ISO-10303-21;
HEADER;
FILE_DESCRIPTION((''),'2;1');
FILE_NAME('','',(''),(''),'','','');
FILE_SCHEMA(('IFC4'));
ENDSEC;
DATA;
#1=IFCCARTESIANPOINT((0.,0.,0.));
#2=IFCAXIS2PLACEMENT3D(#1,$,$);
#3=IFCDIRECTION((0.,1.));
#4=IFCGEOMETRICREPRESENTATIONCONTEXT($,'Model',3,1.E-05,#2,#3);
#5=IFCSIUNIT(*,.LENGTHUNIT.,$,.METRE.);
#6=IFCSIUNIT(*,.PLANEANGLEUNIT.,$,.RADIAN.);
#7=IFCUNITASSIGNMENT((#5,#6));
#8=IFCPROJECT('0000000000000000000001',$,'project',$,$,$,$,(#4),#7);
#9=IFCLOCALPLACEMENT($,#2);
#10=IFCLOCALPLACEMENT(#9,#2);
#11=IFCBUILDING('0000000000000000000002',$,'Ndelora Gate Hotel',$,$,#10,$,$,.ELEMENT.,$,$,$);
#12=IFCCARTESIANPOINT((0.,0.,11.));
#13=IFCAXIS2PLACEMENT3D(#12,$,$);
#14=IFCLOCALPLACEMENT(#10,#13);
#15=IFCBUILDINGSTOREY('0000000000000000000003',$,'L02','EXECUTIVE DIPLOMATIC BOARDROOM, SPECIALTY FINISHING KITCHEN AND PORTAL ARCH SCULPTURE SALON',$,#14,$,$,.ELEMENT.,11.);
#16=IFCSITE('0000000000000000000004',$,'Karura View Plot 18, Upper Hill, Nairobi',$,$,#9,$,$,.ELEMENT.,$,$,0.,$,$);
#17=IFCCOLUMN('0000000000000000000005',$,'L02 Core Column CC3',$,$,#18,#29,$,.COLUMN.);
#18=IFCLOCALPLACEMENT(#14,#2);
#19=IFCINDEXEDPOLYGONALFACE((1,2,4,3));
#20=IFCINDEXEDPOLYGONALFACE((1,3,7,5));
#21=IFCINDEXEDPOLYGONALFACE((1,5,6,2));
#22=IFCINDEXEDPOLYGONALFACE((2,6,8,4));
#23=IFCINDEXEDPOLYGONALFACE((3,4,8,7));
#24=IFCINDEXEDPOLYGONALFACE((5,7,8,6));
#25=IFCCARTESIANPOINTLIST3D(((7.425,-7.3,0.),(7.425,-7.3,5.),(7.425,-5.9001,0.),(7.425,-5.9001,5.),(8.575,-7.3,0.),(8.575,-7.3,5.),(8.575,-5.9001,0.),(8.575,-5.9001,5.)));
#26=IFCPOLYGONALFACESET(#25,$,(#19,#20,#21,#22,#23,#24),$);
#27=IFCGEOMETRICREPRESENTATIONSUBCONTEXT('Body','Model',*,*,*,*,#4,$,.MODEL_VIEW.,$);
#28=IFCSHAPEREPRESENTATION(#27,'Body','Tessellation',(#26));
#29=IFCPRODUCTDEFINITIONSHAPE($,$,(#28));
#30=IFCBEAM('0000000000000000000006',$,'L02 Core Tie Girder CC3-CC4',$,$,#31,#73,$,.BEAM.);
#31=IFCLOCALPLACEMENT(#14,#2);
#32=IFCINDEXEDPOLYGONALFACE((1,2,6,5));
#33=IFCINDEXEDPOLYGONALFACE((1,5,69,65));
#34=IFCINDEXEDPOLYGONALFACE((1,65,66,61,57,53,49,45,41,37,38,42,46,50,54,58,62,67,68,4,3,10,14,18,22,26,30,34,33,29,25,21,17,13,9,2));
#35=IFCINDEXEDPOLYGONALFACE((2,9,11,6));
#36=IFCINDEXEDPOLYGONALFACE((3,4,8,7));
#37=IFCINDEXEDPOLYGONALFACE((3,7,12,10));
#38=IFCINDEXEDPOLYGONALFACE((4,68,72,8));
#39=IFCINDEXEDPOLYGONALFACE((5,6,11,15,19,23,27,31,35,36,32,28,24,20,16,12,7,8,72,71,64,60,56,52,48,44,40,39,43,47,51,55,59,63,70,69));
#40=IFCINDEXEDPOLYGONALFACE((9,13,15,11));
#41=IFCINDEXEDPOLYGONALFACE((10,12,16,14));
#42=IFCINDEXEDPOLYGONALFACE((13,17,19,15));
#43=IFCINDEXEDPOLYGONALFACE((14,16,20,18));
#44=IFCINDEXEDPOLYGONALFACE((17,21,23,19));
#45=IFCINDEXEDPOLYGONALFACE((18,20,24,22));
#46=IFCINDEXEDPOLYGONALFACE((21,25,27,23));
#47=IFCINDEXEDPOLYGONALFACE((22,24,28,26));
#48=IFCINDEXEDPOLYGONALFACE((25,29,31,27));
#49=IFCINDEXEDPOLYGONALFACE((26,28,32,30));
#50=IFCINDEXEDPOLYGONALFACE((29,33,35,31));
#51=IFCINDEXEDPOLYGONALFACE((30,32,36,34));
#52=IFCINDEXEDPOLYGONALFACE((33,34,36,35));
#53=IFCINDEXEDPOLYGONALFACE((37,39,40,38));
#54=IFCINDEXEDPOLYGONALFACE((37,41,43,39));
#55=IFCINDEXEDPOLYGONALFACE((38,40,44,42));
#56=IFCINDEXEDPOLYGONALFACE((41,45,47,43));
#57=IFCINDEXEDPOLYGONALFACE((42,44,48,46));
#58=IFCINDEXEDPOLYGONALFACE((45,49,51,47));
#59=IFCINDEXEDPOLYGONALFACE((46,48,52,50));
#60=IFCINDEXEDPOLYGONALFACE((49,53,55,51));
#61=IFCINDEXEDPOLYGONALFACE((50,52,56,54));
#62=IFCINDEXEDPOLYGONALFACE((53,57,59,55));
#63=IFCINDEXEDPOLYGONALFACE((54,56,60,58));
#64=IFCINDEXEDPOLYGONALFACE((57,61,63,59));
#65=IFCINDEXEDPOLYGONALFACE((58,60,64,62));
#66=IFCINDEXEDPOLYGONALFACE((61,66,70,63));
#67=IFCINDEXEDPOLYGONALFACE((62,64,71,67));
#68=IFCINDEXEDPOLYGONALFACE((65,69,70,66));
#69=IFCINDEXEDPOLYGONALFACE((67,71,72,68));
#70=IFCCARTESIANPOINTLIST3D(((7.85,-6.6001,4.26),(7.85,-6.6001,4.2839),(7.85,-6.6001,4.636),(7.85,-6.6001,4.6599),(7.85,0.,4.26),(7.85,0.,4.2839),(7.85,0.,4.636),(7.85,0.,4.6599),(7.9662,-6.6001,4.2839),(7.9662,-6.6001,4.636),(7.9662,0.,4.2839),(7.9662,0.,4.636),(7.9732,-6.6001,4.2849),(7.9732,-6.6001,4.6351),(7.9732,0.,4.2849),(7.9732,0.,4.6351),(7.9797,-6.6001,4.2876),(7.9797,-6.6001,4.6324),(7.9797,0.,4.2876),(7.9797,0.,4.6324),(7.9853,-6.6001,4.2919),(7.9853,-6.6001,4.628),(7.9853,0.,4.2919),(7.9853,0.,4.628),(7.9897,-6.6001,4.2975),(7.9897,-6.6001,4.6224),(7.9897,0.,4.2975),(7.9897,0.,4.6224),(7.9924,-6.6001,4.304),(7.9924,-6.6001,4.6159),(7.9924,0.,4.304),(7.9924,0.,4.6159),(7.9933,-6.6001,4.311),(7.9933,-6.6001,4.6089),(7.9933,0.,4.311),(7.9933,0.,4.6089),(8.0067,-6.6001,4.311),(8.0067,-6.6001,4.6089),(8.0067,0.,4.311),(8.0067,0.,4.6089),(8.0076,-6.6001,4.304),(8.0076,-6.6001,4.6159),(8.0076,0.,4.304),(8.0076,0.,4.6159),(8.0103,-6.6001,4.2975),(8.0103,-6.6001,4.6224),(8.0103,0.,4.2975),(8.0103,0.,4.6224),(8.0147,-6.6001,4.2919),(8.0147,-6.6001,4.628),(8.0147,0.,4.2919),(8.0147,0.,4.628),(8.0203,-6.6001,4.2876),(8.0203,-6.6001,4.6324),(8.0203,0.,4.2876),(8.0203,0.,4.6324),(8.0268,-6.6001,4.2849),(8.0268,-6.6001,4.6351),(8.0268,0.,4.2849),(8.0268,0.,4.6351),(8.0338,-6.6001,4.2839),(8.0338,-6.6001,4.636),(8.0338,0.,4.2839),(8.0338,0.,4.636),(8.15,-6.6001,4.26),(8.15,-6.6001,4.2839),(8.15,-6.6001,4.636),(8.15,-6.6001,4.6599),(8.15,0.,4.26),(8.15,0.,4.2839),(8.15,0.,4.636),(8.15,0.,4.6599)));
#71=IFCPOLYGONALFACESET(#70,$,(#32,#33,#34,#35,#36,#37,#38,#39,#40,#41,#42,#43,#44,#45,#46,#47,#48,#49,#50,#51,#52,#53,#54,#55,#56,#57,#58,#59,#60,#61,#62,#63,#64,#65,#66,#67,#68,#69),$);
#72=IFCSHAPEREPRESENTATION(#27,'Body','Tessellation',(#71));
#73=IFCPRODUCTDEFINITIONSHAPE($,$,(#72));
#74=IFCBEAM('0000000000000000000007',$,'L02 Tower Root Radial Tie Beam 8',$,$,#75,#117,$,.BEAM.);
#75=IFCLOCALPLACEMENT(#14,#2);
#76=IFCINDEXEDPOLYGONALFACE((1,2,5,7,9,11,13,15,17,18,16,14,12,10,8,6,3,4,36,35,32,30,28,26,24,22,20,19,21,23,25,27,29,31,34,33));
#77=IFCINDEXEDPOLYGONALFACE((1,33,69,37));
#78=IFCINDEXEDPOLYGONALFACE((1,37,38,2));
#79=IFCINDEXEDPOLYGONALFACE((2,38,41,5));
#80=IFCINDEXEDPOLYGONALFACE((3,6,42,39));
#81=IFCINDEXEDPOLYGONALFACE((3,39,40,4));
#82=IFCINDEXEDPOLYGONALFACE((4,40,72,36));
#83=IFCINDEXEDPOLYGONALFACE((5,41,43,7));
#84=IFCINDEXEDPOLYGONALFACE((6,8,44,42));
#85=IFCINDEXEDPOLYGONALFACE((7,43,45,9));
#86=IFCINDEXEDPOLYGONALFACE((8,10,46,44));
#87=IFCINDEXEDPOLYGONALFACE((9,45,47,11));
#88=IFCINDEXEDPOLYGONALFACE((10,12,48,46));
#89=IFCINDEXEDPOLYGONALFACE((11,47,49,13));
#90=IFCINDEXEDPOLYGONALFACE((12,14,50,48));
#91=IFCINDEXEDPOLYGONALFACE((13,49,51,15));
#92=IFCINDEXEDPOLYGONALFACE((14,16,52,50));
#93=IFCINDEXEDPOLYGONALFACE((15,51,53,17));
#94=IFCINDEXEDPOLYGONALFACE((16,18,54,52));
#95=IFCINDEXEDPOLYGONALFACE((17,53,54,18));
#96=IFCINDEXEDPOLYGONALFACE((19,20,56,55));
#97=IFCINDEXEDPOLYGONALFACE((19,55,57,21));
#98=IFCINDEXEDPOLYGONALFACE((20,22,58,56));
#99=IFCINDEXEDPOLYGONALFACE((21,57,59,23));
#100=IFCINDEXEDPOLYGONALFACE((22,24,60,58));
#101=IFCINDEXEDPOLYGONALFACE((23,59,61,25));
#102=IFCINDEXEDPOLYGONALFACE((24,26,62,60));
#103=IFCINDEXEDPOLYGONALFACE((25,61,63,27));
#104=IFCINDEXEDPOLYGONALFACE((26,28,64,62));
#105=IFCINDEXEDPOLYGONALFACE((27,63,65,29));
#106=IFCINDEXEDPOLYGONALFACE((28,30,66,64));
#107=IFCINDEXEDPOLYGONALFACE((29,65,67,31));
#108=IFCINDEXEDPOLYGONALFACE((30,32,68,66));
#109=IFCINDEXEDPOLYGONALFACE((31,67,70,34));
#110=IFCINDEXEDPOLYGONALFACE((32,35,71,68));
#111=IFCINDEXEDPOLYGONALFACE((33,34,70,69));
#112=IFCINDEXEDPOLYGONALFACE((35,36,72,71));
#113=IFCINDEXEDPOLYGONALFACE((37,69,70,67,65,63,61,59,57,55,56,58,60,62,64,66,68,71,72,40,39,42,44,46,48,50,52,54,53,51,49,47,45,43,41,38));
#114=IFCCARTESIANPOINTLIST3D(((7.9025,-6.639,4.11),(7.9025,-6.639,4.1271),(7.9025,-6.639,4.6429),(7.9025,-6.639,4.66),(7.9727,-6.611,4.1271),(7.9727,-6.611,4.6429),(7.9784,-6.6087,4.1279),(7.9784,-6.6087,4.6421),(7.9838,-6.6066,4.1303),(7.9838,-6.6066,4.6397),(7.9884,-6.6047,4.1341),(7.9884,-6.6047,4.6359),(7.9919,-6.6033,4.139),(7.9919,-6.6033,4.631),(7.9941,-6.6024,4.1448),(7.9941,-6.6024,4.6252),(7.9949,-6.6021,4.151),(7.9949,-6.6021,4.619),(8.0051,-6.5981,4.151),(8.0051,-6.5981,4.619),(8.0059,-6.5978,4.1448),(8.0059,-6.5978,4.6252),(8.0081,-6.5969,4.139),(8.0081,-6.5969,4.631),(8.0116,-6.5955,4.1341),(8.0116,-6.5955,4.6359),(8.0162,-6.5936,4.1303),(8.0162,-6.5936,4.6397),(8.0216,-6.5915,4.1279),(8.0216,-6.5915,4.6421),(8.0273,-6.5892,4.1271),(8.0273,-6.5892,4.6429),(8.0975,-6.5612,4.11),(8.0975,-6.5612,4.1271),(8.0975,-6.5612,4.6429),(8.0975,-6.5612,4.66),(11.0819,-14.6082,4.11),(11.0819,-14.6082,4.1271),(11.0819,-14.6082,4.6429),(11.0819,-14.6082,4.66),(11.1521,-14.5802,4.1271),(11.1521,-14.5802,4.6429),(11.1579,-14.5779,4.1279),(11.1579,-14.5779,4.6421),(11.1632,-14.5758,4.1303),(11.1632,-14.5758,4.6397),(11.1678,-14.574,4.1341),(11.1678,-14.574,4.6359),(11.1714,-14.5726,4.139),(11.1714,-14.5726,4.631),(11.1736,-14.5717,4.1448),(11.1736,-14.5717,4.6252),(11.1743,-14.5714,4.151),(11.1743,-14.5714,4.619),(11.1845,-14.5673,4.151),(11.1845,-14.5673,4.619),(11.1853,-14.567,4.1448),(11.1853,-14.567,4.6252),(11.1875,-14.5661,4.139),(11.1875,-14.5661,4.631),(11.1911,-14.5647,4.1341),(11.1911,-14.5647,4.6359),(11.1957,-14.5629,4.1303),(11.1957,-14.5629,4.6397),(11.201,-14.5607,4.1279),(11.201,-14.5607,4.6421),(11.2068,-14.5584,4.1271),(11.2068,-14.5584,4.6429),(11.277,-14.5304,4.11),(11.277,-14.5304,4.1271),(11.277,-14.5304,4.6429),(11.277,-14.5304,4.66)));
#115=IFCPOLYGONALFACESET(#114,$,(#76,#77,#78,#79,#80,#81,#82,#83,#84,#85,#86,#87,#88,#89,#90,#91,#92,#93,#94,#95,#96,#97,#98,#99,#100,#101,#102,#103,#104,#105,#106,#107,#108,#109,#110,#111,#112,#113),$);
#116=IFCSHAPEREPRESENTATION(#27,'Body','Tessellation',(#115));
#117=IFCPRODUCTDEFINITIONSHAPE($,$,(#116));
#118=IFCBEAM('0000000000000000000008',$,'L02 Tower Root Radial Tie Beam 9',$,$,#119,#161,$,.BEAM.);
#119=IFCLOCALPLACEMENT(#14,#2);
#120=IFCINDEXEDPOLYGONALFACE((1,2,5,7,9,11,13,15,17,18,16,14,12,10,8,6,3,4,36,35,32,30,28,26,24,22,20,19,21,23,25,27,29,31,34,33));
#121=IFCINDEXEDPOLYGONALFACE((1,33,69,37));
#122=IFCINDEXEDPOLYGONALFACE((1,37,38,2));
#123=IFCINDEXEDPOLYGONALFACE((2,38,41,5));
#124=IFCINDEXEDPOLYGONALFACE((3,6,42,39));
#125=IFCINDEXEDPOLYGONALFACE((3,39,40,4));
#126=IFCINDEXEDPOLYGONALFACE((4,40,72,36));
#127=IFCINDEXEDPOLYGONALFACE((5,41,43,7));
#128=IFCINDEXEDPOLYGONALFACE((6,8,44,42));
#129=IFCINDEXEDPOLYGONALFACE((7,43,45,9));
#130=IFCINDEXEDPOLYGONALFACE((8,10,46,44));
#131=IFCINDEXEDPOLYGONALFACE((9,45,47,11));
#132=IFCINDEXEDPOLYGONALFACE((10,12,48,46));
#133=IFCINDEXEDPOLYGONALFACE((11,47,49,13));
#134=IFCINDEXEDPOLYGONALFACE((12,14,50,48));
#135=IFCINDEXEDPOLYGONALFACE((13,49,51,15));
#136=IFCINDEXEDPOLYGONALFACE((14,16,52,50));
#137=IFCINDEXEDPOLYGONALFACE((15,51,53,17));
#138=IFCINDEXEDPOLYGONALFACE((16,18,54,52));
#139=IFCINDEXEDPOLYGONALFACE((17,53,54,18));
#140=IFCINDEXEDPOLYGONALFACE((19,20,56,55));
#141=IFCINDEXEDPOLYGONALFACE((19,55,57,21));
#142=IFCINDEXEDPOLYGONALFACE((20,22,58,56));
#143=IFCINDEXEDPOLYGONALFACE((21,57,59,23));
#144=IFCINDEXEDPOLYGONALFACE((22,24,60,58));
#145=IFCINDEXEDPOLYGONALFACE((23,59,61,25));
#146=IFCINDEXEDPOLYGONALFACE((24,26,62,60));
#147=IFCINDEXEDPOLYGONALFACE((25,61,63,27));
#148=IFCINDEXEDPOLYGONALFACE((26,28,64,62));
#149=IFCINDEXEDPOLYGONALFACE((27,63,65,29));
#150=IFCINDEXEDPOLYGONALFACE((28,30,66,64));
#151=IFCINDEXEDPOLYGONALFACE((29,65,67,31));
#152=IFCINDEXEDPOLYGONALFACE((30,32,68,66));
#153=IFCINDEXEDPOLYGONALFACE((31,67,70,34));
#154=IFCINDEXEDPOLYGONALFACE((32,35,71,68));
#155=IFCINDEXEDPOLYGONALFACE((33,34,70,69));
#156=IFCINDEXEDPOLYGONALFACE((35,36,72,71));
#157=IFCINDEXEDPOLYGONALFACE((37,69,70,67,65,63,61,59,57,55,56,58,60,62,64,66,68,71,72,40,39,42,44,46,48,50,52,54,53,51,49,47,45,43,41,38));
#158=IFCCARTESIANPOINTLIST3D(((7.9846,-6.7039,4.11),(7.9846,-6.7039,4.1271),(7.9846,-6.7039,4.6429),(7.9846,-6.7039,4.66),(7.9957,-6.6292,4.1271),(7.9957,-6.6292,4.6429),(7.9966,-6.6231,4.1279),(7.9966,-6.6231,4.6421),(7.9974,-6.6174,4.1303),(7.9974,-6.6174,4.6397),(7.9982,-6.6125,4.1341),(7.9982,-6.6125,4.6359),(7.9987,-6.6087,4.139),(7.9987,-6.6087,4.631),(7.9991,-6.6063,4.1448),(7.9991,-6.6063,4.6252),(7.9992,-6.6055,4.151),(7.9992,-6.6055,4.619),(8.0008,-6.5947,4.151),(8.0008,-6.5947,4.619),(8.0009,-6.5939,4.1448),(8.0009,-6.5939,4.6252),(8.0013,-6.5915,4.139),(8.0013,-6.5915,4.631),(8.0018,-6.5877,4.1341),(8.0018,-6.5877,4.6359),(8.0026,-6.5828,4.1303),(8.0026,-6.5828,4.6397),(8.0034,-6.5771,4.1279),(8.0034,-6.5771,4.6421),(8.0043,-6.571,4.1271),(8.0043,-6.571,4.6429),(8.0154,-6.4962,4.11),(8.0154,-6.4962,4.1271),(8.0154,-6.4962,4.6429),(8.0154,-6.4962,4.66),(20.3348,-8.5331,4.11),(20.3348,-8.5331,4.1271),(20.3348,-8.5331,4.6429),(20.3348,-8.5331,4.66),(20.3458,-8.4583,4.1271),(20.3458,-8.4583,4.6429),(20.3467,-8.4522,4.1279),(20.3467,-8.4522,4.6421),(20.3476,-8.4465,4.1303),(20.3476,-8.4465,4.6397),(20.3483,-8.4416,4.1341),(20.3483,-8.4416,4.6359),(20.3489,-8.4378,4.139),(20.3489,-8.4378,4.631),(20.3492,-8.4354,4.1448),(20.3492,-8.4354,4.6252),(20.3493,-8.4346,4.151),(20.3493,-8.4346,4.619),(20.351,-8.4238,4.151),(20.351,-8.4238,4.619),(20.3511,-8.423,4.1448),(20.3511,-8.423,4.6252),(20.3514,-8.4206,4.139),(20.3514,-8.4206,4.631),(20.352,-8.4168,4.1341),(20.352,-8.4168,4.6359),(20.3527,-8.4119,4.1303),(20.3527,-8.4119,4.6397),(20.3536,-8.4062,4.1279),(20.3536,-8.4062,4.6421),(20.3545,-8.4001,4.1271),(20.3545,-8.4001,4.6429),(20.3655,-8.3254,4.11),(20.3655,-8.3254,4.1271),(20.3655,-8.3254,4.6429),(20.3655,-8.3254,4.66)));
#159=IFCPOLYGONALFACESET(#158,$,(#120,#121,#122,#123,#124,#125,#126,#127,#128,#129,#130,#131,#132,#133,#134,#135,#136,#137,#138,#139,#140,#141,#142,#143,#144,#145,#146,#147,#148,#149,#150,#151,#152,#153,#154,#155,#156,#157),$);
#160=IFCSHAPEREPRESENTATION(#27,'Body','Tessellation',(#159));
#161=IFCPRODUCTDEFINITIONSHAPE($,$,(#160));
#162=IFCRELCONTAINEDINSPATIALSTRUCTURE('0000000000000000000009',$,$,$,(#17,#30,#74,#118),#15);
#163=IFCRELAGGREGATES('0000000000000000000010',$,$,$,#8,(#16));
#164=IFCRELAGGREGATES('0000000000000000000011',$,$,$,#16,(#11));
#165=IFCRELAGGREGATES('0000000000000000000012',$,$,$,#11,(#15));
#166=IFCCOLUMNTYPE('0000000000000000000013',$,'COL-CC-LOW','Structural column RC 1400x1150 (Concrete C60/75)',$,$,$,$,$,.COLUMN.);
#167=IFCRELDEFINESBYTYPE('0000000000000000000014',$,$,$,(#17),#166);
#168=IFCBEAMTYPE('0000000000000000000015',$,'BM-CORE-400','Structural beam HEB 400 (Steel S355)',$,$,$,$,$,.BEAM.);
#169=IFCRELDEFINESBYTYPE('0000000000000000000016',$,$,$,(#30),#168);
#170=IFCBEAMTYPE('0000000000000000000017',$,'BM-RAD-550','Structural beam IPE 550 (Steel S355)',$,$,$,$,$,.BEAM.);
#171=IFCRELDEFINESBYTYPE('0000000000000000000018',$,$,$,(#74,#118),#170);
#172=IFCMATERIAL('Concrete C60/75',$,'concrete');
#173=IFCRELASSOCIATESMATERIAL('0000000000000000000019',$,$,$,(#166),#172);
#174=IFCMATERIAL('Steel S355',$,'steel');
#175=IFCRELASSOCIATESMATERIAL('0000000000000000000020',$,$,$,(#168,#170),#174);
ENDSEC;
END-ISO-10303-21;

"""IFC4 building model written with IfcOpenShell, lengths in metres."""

from ifc_helpers import new_model, si_unit, direction, frame, origin, origin_2d, place, context, subcontext, project, spatial, rectangle, i_section, extrude, material, material_profile, profile_set, type_object, element, save


model = new_model("IFC4")

# Units and contexts
model_context = context("Model", 3, precision=1e-05, world=origin(), true_north=direction((0.0, 1.0)))
body_context = subcontext(model_context, "Body", "Model", "MODEL_VIEW")
ifc_project = project(units=[si_unit("LENGTHUNIT", "METRE"), si_unit("PLANEANGLEUNIT", "RADIAN")], contexts=[model_context])

# Site, building, storey
site_placement = place(None, origin())
site = spatial("IfcSite", under=ifc_project, at=site_placement, Name="Karura View Plot 18, Upper Hill, Nairobi", CompositionType="ELEMENT", RefElevation=0.0)
building_placement = place(site_placement, origin())
building = spatial("IfcBuilding", under=site, at=building_placement, Name="Ndelora Gate Hotel", CompositionType="ELEMENT")
storey_placement = place(building_placement, frame((0.0, 0.0, 11.0)))
storey = spatial("IfcBuildingStorey", under=building, at=storey_placement, Name="L02", Description="EXECUTIVE DIPLOMATIC BOARDROOM, SPECIALTY FINISHING KITCHEN AND PORTAL ARCH SCULPTURE SALON", CompositionType="ELEMENT", Elevation=11.0)

# Column
ifc_material_1 = material(Name="Concrete C60/75", Category="concrete")
ifc_material_profile_1 = material_profile(ifc_material_1, rectangle(XDim=1.1499, YDim=1.3999, at=origin_2d()), Name="RC 1400x1150")
ifc_profile_set_1 = profile_set([ifc_material_profile_1], Name="Concrete C60/75")
column_type = type_object("IfcColumnType", Name="COL-CC-LOW", Description="Structural column RC 1400x1150 (Concrete C60/75)", PredefinedType="COLUMN", material=ifc_profile_set_1)
column_placement = place(storey_placement, frame((8.0, -6.6001, 0.0), z_axis=(0.0, 0.0, 1.0), x_axis=(1.0, 0.0, 0.0)))
element("IfcColumn", 1, at=column_placement, inside=storey, type_object=column_type, Name="L02 Core Column CC3", PredefinedType="COLUMN", context=body_context, shape_type="SweptSolid", body=[
    extrude(rectangle(XDim=1.1499, YDim=1.3999, at=origin_2d()), origin(), (0.0, 0.0, 1.0), 5.0),
])

# Beams
ifc_material_2 = material(Name="Steel S355", Category="steel")
ifc_material_profile_2 = material_profile(ifc_material_2, i_section(OverallWidth=0.3, OverallDepth=0.3999, WebThickness=0.0134, FlangeThickness=0.0239, FilletRadius=0.0271, at=origin_2d()), Name="HEB 400")
ifc_profile_set_2 = profile_set([ifc_material_profile_2], Name="Steel S355")
beam_type_1 = type_object("IfcBeamType", Name="BM-CORE-400", Description="Structural beam HEB 400 (Steel S355)", PredefinedType="BEAM", material=ifc_profile_set_2)
beam_1_placement = place(storey_placement, frame((8.0, -6.6001, 4.46), z_axis=(0.0, 1.0, 0.0), x_axis=(-1.0, 0.0, 0.0)))
element("IfcBeam", 2, at=beam_1_placement, inside=storey, type_object=beam_type_1, Name="L02 Core Tie Girder CC3-CC4", PredefinedType="BEAM", context=body_context, shape_type="SweptSolid", body=[
    extrude(i_section(OverallWidth=0.3, OverallDepth=0.3999, WebThickness=0.0134, FlangeThickness=0.0239, FilletRadius=0.0271, at=origin_2d()), origin(), (0.0, 0.0, 1.0), 6.6001),
])
ifc_material_profile_3 = material_profile(ifc_material_2, i_section(OverallWidth=0.21, OverallDepth=0.55, WebThickness=0.011, FlangeThickness=0.0171, FilletRadius=0.0239, at=origin_2d()), Name="IPE 550")
ifc_profile_set_3 = profile_set([ifc_material_profile_3], Name="Steel S355")
beam_type_2 = type_object("IfcBeamType", Name="BM-RAD-550", Description="Structural beam IPE 550 (Steel S355)", PredefinedType="BEAM", material=ifc_profile_set_3)
beam_2_placement = place(storey_placement, frame((8.0, -6.6001, 4.385), z_axis=(0.370561, -0.928808, 0.0), x_axis=(0.928808, 0.370561, 0.0)))
element("IfcBeam", 3, at=beam_2_placement, inside=storey, type_object=beam_type_2, Name="L02 Tower Root Radial Tie Beam 8", PredefinedType="BEAM", context=body_context, shape_type="SweptSolid", body=[
    extrude(i_section(OverallWidth=0.21, OverallDepth=0.55, WebThickness=0.011, FlangeThickness=0.0171, FilletRadius=0.0239, at=origin_2d()), origin(), (0.0, 0.0, 1.0), 8.5801),
])
beam_3_placement = place(storey_placement, frame((8.0, -6.6001, 4.385), z_axis=(0.98921, -0.146506, 0.0), x_axis=(0.146506, 0.98921, 0.0)))
element("IfcBeam", 4, at=beam_3_placement, inside=storey, type_object=beam_type_2, Name="L02 Tower Root Radial Tie Beam 9", PredefinedType="BEAM", context=body_context, shape_type="SweptSolid", body=[
    extrude(i_section(OverallWidth=0.21, OverallDepth=0.55, WebThickness=0.011, FlangeThickness=0.0171, FilletRadius=0.0239, at=origin_2d()), origin(), (0.0, 0.0, 1.0), 12.4849),
])

save(model, "model.ifc")
